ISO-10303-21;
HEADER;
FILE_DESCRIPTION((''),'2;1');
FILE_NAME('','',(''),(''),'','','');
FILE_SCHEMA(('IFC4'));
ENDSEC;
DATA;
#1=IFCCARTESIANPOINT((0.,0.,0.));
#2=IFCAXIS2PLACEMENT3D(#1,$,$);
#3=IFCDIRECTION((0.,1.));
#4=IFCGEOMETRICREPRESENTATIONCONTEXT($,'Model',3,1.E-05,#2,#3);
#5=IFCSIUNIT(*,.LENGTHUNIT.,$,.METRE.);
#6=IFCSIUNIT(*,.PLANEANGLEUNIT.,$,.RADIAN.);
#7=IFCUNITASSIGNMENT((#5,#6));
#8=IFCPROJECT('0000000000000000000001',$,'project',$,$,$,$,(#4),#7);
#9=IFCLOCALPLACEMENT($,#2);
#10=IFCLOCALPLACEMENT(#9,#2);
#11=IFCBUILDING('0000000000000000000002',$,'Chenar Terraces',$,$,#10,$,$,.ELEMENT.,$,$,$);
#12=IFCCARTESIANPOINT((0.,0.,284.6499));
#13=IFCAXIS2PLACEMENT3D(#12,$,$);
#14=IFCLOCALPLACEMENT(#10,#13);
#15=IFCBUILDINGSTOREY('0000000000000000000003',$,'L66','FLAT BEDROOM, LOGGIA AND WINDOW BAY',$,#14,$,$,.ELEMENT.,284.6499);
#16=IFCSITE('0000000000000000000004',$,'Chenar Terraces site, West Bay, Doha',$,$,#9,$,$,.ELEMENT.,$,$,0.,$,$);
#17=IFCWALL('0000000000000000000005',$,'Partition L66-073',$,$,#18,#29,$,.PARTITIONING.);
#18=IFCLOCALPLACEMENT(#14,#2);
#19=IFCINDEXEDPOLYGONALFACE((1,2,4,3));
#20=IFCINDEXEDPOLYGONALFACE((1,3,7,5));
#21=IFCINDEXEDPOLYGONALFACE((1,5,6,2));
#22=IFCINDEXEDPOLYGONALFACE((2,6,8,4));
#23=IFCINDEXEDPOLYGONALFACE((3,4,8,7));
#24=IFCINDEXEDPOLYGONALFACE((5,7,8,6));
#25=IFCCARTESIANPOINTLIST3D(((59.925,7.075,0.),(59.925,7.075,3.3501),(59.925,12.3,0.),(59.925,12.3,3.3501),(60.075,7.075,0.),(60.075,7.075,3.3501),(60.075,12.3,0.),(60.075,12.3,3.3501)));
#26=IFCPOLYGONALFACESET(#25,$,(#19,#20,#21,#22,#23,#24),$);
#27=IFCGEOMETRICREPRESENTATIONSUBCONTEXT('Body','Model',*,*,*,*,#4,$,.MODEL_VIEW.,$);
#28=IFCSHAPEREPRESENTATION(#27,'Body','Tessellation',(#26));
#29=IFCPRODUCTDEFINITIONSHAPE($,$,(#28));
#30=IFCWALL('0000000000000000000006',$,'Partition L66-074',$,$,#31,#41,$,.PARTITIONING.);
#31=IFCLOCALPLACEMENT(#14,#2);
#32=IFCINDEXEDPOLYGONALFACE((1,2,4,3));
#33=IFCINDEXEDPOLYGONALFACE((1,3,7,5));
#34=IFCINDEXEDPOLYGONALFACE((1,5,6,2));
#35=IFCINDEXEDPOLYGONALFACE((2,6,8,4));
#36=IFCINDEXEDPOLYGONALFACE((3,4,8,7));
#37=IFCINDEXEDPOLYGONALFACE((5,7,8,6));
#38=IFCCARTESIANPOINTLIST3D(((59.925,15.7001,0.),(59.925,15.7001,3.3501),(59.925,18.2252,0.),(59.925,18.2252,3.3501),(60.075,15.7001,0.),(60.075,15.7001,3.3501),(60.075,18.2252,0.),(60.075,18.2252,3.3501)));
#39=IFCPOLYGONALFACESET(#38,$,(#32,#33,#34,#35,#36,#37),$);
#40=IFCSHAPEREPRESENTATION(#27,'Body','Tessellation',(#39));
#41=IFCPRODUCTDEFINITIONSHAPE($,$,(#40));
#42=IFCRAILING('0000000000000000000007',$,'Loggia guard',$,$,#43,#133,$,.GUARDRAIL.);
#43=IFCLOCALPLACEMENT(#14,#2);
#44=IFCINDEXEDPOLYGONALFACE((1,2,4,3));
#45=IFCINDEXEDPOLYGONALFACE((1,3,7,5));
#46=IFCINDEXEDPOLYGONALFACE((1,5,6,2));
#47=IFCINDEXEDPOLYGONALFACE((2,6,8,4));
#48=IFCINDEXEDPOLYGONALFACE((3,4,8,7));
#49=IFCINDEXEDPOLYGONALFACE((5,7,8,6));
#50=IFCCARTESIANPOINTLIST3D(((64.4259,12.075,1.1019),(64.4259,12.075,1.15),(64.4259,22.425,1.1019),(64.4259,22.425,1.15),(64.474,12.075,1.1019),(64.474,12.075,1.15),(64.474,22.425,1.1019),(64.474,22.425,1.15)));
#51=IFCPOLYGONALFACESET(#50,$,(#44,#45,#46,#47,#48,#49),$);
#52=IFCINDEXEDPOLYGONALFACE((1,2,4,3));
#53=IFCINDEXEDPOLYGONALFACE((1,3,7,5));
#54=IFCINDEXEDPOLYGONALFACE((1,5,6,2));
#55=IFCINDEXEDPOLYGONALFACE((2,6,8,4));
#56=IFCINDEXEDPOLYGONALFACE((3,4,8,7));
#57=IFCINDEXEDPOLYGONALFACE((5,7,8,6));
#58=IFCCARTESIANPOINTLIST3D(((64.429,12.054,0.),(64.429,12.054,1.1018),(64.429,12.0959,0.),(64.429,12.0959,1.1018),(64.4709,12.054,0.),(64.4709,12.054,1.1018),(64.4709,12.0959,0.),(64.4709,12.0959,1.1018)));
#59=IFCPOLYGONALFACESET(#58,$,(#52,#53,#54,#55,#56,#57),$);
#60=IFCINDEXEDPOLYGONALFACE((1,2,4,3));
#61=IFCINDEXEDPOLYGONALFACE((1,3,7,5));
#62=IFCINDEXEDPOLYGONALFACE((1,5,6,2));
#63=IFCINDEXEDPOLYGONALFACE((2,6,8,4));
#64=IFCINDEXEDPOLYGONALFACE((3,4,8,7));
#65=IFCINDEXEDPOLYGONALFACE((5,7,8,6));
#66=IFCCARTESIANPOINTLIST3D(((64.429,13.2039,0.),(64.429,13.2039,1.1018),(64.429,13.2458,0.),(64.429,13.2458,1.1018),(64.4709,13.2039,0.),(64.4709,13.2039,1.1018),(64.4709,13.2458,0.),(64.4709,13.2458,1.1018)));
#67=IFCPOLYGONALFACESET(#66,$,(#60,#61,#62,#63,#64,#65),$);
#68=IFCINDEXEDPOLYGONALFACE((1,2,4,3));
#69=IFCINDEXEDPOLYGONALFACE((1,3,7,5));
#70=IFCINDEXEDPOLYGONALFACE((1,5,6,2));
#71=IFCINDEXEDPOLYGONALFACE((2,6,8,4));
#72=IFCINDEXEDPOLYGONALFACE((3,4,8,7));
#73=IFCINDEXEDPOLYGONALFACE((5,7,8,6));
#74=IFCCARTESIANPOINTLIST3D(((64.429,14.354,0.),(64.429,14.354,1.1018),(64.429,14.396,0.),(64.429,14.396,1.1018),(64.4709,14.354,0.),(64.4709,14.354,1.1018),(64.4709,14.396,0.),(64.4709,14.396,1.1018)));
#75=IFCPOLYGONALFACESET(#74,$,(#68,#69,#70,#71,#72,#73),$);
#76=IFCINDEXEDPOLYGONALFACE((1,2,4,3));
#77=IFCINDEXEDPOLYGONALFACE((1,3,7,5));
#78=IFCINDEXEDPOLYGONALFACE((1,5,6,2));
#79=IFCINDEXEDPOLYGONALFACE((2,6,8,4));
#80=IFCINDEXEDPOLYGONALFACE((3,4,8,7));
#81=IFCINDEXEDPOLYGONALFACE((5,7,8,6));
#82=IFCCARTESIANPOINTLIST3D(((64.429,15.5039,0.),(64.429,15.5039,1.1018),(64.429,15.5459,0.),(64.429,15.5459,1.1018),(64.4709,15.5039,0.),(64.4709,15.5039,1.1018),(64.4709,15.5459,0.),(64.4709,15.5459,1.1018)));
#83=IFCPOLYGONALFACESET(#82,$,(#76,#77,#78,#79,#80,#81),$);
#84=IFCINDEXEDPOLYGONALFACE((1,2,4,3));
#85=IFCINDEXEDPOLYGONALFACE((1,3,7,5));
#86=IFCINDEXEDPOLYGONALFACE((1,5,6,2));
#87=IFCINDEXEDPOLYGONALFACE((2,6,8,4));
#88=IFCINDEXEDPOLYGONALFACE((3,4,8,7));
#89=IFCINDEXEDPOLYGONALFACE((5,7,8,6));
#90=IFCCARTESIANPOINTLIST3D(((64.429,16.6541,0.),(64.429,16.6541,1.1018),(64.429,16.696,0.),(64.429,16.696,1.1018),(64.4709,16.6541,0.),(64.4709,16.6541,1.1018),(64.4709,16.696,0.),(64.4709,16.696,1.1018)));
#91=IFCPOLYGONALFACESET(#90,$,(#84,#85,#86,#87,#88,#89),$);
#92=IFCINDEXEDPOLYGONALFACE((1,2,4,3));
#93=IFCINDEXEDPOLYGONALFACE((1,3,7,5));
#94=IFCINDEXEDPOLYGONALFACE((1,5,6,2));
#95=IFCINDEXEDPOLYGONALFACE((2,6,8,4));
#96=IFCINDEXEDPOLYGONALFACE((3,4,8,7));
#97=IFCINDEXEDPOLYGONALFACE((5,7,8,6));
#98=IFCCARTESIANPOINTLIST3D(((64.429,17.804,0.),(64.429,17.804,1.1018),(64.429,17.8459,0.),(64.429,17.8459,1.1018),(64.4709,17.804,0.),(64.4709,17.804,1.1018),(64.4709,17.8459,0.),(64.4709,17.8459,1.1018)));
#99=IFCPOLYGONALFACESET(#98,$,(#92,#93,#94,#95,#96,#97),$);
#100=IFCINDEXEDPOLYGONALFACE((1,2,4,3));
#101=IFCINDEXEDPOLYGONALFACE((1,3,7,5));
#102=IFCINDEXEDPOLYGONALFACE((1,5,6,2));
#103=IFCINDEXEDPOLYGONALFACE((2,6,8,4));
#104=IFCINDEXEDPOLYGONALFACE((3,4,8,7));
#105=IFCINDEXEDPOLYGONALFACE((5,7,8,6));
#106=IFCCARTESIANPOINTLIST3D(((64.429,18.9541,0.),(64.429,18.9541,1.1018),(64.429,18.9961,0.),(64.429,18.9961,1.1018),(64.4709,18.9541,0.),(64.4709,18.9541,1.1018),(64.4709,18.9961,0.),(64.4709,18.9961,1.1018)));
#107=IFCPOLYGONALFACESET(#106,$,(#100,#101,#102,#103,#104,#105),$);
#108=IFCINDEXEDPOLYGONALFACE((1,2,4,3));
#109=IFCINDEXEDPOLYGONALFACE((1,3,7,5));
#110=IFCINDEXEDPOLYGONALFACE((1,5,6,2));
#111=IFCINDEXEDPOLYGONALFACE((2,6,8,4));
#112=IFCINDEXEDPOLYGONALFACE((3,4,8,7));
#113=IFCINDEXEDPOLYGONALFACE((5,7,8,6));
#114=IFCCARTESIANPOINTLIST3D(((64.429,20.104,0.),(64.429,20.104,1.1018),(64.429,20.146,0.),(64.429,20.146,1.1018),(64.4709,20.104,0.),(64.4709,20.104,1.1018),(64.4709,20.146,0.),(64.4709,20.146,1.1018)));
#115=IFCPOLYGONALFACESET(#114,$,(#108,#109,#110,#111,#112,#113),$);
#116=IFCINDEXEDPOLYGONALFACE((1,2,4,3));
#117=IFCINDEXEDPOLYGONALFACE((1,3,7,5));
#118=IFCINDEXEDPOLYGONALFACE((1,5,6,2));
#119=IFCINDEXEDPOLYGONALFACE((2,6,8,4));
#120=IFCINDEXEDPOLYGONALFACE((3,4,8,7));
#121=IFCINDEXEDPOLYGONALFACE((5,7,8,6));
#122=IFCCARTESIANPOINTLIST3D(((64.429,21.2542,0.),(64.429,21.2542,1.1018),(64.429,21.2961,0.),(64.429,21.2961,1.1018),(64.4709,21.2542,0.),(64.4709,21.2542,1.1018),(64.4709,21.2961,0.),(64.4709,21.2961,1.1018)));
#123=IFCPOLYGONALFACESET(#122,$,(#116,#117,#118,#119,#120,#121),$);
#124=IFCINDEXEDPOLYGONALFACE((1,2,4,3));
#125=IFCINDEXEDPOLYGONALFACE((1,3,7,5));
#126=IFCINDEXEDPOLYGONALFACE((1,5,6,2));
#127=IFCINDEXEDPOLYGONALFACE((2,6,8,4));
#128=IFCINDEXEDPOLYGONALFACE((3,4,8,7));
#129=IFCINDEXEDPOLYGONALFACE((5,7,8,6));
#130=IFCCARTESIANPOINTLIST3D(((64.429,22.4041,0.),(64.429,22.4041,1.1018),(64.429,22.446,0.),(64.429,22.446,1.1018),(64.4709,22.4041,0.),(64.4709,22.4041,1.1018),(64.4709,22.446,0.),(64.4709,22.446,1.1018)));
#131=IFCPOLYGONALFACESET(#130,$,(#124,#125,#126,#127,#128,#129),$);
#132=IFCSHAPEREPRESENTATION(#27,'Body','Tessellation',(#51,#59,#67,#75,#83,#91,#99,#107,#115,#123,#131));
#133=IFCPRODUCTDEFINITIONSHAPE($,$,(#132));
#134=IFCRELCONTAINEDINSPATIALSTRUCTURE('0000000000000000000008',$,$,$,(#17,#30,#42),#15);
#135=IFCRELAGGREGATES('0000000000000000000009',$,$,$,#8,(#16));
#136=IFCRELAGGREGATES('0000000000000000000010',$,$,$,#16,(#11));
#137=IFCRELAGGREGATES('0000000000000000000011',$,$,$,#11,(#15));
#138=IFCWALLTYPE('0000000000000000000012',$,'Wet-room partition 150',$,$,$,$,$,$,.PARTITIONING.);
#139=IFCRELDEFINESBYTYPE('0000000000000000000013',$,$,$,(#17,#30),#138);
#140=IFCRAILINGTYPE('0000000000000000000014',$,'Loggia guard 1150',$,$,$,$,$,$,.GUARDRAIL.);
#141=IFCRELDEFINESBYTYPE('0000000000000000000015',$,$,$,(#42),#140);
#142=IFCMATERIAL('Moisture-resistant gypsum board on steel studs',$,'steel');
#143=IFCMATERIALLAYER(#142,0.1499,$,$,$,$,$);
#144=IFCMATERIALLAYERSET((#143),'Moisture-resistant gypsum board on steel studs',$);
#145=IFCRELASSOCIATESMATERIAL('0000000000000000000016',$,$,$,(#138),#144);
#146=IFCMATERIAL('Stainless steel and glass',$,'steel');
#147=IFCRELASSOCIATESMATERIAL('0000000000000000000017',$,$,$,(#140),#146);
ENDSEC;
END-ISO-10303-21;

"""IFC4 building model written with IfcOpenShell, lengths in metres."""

from ifc_helpers import new_model, si_unit, direction, frame, frame_2d, origin, origin_2d, place, context, subcontext, project, spatial, rectangle, extrude, material, layer, layer_set, type_object, element, save


model = new_model("IFC4")

# Units and contexts
model_context = context("Model", 3, precision=1e-05, world=origin(), true_north=direction((0.0, 1.0)))
body_context = subcontext(model_context, "Body", "Model", "MODEL_VIEW")
ifc_project = project(units=[si_unit("LENGTHUNIT", "METRE"), si_unit("PLANEANGLEUNIT", "RADIAN")], contexts=[model_context])

# Site, building, storey
site_placement = place(None, origin())
site = spatial("IfcSite", under=ifc_project, at=site_placement, Name="Chenar Terraces site, West Bay, Doha", CompositionType="ELEMENT", RefElevation=0.0)
building_placement = place(site_placement, origin())
building = spatial("IfcBuilding", under=site, at=building_placement, Name="Chenar Terraces", CompositionType="ELEMENT")
storey_placement = place(building_placement, frame((0.0, 0.0, 284.6499)))
storey = spatial("IfcBuildingStorey", under=building, at=storey_placement, Name="L66", Description="FLAT BEDROOM, LOGGIA AND WINDOW BAY", CompositionType="ELEMENT", Elevation=284.6499)

# Shared definitions
ifc_material_1 = material(Name="Moisture-resistant gypsum board on steel studs", Category="steel")
ifc_layer_1 = layer(ifc_material_1, 0.1499)
ifc_layer_set_1 = layer_set([ifc_layer_1], Name="Moisture-resistant gypsum board on steel studs")
wall_type_1 = type_object("IfcWallType", Name="Wet-room partition 150", PredefinedType="PARTITIONING", material=ifc_layer_set_1)

# Walls
wall_1_placement = place(storey_placement, frame((60.0, 7.075, 0.0), z_axis=(0.0, 0.0, 1.0), x_axis=(0.0, 1.0, 0.0)))
element("IfcWall", 1, at=wall_1_placement, inside=storey, type_object=wall_type_1, Name="Partition L66-073", PredefinedType="PARTITIONING", context=body_context, shape_type="SweptSolid", body=[
    extrude(rectangle(XDim=5.2251, YDim=0.1499, at=frame_2d((2.6125, 0.0))), origin(), (0.0, 0.0, 1.0), 3.3501),
])
wall_2_placement = place(storey_placement, frame((60.0, 15.7, 0.0), z_axis=(0.0, 0.0, 1.0), x_axis=(0.0, 1.0, 0.0)))
element("IfcWall", 2, at=wall_2_placement, inside=storey, type_object=wall_type_1, Name="Partition L66-074", PredefinedType="PARTITIONING", context=body_context, shape_type="SweptSolid", body=[
    extrude(rectangle(XDim=2.5251, YDim=0.1499, at=frame_2d((1.2627, 0.0))), origin(), (0.0, 0.0, 1.0), 3.3501),
])

# Railing
ifc_material_2 = material(Name="Stainless steel and glass", Category="steel")
railing_type = type_object("IfcRailingType", Name="Loggia guard 1150", PredefinedType="GUARDRAIL", material=ifc_material_2)
railing_placement = place(storey_placement, frame((64.45, 12.075, 0.0)))
element("IfcRailing", 3, at=railing_placement, inside=storey, type_object=railing_type, Name="Loggia guard", PredefinedType="GUARDRAIL", context=body_context, shape_type="SweptSolid", body=[
    extrude(rectangle(XDim=0.0481, YDim=0.0481, at=origin_2d()), frame((0.0, 0.0, 1.126), z_axis=(0.0, 1.0, 0.0), x_axis=(-1.0, 0.0, 0.0)), (0.0, 0.0, 1.0), 10.3501),
    extrude(rectangle(XDim=0.042, YDim=0.042, at=origin_2d()), origin(), (0.0, 0.0, 1.0), 1.1018),
    extrude(rectangle(XDim=0.042, YDim=0.042, at=origin_2d()), frame((0.0, 1.1499, 0.0)), (0.0, 0.0, 1.0), 1.1018),
    extrude(rectangle(XDim=0.042, YDim=0.042, at=origin_2d()), frame((0.0, 2.3, 0.0)), (0.0, 0.0, 1.0), 1.1018),
    extrude(rectangle(XDim=0.042, YDim=0.042, at=origin_2d()), frame((0.0, 3.45, 0.0)), (0.0, 0.0, 1.0), 1.1018),
    extrude(rectangle(XDim=0.042, YDim=0.042, at=origin_2d()), frame((0.0, 4.6001, 0.0)), (0.0, 0.0, 1.0), 1.1018),
    extrude(rectangle(XDim=0.042, YDim=0.042, at=origin_2d()), frame((0.0, 5.75, 0.0)), (0.0, 0.0, 1.0), 1.1018),
    extrude(rectangle(XDim=0.042, YDim=0.042, at=origin_2d()), frame((0.0, 6.9001, 0.0)), (0.0, 0.0, 1.0), 1.1018),
    extrude(rectangle(XDim=0.042, YDim=0.042, at=origin_2d()), frame((0.0, 8.05, 0.0)), (0.0, 0.0, 1.0), 1.1018),
    extrude(rectangle(XDim=0.042, YDim=0.042, at=origin_2d()), frame((0.0, 9.2002, 0.0)), (0.0, 0.0, 1.0), 1.1018),
    extrude(rectangle(XDim=0.042, YDim=0.042, at=origin_2d()), frame((0.0, 10.3501, 0.0)), (0.0, 0.0, 1.0), 1.1018),
])

save(model, "model.ifc")
